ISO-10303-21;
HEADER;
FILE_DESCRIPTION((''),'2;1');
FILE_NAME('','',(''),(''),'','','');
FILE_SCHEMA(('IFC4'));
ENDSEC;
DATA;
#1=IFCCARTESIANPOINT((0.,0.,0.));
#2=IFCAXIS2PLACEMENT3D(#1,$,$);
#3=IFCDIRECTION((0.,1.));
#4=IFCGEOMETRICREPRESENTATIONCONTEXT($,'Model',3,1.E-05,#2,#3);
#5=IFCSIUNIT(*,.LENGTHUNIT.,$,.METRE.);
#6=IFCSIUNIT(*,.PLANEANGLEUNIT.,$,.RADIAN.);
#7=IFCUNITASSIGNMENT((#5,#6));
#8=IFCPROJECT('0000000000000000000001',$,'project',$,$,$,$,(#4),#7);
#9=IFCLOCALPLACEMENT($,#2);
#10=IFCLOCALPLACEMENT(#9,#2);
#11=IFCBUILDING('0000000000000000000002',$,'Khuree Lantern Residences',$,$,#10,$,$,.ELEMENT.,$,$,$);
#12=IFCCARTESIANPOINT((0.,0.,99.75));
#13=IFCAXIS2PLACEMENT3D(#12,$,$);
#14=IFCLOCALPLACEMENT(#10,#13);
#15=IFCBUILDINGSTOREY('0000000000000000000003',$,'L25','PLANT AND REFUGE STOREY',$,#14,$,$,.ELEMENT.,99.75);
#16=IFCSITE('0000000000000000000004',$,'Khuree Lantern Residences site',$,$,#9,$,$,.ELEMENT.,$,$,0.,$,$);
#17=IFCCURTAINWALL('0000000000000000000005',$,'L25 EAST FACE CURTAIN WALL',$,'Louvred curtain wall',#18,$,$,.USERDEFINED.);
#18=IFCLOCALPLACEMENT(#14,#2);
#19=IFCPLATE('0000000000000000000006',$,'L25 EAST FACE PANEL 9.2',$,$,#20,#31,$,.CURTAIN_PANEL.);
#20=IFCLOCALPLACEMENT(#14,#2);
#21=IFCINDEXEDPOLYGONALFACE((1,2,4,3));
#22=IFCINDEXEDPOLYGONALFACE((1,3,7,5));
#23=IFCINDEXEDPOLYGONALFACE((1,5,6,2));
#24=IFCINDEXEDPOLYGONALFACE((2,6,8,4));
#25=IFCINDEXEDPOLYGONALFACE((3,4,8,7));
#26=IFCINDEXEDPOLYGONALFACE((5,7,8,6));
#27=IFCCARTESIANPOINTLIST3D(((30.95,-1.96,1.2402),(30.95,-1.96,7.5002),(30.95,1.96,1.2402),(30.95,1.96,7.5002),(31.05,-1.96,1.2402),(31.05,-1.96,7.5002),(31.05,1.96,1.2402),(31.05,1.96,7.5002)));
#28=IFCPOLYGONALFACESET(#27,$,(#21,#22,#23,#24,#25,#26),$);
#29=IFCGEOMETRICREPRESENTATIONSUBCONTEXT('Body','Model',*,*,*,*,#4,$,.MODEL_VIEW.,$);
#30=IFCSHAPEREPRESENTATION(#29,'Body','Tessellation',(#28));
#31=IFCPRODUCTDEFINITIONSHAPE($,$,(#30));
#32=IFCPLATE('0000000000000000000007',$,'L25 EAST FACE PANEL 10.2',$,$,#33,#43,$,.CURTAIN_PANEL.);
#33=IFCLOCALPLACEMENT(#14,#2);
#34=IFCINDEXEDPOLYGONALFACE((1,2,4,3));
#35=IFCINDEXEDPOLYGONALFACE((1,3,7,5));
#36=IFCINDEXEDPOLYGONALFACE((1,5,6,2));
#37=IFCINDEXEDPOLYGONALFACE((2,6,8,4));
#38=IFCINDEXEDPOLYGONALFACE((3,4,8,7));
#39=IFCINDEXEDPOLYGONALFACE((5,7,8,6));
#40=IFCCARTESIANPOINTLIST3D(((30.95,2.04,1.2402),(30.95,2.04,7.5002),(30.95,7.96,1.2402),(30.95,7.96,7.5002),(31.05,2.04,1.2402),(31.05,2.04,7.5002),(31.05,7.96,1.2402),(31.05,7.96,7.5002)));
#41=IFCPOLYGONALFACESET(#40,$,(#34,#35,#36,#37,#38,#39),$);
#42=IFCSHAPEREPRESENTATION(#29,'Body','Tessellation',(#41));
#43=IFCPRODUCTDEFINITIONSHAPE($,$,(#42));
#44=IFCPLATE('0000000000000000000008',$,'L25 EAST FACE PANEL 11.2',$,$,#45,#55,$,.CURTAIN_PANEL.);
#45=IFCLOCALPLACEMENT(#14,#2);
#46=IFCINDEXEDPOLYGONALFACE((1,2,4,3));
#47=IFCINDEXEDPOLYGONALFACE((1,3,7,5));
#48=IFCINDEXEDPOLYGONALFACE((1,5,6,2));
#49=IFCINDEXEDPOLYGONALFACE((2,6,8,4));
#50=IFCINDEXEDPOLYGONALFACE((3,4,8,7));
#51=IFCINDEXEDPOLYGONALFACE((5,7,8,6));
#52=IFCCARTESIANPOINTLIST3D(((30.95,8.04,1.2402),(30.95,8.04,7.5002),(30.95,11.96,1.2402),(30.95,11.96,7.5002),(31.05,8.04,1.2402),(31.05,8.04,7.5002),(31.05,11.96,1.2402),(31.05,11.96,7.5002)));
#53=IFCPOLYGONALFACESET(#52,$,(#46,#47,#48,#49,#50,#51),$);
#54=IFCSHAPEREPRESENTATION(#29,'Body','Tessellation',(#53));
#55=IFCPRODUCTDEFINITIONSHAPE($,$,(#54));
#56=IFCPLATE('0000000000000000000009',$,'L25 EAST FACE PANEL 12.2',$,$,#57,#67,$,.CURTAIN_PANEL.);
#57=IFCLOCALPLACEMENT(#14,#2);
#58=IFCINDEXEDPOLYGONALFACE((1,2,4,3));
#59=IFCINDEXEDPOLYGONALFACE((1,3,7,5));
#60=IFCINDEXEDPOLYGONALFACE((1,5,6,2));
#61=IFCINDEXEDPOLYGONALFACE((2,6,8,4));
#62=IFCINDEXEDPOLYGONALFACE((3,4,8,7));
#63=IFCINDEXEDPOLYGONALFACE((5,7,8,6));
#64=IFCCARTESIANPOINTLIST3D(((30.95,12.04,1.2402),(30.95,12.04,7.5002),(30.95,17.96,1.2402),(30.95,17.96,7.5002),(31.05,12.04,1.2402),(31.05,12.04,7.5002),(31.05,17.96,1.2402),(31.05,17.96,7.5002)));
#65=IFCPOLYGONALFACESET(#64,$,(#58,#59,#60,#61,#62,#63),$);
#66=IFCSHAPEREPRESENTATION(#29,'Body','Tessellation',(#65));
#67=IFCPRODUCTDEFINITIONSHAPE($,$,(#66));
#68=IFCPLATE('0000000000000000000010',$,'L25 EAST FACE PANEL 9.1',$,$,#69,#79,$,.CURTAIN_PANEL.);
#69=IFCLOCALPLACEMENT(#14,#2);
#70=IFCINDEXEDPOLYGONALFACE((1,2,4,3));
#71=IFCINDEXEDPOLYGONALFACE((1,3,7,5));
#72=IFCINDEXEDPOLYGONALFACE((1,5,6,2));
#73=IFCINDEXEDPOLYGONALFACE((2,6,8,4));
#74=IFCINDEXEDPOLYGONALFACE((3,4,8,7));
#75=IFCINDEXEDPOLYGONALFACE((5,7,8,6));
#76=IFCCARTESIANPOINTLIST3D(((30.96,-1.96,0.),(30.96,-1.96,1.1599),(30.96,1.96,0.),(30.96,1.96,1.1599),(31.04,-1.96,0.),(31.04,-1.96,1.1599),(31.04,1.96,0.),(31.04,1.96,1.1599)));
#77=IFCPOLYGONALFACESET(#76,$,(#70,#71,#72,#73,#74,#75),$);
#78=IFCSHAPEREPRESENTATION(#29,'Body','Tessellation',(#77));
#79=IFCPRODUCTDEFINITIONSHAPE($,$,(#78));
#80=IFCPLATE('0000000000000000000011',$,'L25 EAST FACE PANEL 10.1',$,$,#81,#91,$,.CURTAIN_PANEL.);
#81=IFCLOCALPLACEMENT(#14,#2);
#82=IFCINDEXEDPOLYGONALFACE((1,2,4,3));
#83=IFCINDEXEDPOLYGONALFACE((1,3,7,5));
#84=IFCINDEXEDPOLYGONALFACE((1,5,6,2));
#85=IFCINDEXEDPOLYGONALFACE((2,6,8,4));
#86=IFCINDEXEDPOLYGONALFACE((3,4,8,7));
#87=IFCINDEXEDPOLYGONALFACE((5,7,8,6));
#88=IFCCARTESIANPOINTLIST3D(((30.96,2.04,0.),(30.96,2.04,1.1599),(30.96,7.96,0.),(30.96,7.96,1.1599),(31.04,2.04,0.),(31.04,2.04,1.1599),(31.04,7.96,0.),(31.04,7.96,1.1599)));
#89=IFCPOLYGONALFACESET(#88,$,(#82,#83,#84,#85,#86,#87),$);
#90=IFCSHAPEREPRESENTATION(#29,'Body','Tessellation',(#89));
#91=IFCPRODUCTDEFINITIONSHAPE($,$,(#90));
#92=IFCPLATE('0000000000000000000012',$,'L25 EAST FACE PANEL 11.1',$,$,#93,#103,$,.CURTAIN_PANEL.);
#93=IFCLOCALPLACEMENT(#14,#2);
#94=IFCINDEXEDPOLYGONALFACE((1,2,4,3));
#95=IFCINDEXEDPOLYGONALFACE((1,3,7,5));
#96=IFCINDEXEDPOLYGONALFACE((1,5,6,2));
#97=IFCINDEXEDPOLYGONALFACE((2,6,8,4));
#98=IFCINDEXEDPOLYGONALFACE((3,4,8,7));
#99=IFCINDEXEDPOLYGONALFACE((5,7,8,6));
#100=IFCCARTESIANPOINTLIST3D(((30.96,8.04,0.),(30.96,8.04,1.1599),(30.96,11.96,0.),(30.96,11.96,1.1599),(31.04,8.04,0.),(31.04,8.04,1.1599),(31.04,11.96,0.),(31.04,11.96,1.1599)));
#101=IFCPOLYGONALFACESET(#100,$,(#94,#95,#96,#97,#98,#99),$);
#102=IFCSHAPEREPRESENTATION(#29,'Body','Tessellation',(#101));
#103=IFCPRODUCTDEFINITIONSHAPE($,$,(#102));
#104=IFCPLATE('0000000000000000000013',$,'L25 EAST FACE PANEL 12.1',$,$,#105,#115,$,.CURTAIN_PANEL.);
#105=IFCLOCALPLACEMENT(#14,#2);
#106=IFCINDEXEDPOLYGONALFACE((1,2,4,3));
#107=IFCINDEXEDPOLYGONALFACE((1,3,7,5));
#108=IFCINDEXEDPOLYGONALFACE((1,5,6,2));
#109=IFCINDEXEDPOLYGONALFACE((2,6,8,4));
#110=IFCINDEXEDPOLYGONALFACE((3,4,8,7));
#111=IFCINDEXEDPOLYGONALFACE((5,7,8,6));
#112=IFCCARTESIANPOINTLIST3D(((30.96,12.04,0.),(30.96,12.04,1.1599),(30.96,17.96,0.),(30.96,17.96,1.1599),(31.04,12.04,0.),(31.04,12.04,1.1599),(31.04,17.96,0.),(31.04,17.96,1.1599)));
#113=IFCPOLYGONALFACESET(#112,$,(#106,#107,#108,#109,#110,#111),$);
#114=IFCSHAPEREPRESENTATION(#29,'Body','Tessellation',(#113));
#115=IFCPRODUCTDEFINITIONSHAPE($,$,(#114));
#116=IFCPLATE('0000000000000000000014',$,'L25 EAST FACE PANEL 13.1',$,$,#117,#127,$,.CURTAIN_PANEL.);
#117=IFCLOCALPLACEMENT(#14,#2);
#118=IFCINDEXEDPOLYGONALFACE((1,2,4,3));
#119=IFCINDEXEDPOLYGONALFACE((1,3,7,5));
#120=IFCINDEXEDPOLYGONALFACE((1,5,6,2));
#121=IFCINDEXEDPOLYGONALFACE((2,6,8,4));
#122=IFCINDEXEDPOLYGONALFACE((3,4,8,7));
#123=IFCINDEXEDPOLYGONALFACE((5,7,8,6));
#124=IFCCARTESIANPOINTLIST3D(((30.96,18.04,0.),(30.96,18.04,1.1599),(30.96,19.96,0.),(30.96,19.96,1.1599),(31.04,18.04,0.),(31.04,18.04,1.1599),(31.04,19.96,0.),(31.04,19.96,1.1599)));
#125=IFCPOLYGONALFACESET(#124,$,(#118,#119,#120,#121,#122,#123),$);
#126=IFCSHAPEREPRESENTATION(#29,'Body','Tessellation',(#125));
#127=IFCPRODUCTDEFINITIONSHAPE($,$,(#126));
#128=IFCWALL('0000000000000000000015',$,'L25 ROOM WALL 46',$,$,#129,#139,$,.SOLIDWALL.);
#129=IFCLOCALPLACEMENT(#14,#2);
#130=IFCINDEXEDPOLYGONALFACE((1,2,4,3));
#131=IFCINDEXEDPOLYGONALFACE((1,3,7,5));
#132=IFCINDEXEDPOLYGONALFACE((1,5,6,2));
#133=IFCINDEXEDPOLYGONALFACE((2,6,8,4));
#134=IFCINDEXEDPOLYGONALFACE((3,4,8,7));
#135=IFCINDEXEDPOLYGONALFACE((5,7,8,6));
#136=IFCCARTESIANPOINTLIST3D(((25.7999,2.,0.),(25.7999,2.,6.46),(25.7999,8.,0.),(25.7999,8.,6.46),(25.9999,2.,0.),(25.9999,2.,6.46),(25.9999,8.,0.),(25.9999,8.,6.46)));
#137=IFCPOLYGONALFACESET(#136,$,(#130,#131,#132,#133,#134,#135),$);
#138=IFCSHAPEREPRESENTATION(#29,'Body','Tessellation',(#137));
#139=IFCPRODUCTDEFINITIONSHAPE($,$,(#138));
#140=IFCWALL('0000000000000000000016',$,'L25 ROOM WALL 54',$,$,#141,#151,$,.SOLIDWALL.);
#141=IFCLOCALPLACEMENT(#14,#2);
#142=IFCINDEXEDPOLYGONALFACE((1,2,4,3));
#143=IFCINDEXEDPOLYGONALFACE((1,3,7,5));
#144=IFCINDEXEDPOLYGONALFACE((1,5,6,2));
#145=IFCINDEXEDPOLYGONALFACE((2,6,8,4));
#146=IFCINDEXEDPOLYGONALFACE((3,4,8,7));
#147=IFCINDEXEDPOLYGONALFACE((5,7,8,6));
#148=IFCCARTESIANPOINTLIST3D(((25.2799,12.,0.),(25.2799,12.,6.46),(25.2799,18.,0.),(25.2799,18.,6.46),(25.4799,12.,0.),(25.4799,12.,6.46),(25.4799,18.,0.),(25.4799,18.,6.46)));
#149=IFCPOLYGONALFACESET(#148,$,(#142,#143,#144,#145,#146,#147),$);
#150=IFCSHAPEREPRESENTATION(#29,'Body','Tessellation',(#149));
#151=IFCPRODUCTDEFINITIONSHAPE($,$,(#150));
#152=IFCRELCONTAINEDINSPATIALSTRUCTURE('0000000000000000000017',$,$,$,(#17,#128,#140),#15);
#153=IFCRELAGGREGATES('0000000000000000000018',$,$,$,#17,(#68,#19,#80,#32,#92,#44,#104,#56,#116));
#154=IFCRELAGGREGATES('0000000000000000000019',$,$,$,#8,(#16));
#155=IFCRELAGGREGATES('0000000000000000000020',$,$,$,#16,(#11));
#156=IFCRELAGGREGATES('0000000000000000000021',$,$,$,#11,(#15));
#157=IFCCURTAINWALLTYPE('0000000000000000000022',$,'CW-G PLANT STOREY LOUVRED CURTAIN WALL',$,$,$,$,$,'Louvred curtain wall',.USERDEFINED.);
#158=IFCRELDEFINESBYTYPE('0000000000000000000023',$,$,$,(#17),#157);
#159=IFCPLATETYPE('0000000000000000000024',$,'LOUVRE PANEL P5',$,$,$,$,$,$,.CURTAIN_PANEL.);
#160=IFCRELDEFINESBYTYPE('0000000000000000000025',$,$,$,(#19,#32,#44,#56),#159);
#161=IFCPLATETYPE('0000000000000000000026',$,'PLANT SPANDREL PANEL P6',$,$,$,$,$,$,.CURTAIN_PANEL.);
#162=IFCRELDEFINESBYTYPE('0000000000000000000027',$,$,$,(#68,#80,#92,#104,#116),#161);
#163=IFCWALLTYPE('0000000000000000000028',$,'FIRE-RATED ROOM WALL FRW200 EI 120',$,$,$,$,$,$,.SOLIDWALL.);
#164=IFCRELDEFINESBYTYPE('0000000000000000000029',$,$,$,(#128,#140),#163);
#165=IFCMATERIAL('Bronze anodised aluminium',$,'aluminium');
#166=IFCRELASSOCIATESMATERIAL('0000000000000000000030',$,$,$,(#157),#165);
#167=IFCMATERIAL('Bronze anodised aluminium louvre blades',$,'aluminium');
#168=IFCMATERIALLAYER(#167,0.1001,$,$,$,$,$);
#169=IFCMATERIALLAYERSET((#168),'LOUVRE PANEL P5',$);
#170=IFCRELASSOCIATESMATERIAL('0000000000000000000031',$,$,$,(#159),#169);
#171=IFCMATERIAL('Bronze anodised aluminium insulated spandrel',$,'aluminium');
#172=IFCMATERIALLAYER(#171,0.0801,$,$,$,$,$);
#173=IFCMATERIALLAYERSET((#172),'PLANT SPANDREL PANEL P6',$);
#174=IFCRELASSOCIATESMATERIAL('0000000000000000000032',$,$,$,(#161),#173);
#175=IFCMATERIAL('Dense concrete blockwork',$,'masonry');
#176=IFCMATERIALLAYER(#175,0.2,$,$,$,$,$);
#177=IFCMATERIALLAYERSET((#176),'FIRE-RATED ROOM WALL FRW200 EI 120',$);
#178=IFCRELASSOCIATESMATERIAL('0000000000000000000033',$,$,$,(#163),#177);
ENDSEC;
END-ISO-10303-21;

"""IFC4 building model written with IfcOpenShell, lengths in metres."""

from ifc_helpers import new_model, si_unit, direction, frame, frame_2d, origin, origin_2d, place, context, subcontext, project, spatial, rectangle, extrude, material, layer, layer_set, type_object, element, aggregate, save


model = new_model("IFC4")

# Units and contexts
model_context = context("Model", 3, precision=1e-05, world=origin(), true_north=direction((0.0, 1.0)))
body_context = subcontext(model_context, "Body", "Model", "MODEL_VIEW")
ifc_project = project(units=[si_unit("LENGTHUNIT", "METRE"), si_unit("PLANEANGLEUNIT", "RADIAN")], contexts=[model_context])

# Site, building, storey
site_placement = place(None, origin())
site = spatial("IfcSite", under=ifc_project, at=site_placement, Name="Khuree Lantern Residences site", CompositionType="ELEMENT", RefElevation=0.0)
building_placement = place(site_placement, origin())
building = spatial("IfcBuilding", under=site, at=building_placement, Name="Khuree Lantern Residences", CompositionType="ELEMENT")
storey_placement = place(building_placement, frame((0.0, 0.0, 99.75)))
storey = spatial("IfcBuildingStorey", under=building, at=storey_placement, Name="L25", Description="PLANT AND REFUGE STOREY", CompositionType="ELEMENT", Elevation=99.75)

# Curtain wall
ifc_material_1 = material(Name="Bronze anodised aluminium", Category="aluminium")
curtain_wall_type = type_object("IfcCurtainWallType", Name="CW-G PLANT STOREY LOUVRED CURTAIN WALL", ElementType="Louvred curtain wall", PredefinedType="USERDEFINED", material=ifc_material_1)
curtain_wall_placement = place(storey_placement, origin())
curtain_wall = element("IfcCurtainWall", 1, at=curtain_wall_placement, inside=storey, type_object=curtain_wall_type, Name="L25 EAST FACE CURTAIN WALL", ObjectType="Louvred curtain wall", PredefinedType="USERDEFINED")

# Plates
ifc_material_2 = material(Name="Bronze anodised aluminium louvre blades", Category="aluminium")
ifc_layer_1 = layer(ifc_material_2, 0.1001)
ifc_layer_set_1 = layer_set([ifc_layer_1], Name="LOUVRE PANEL P5")
plate_type_1 = type_object("IfcPlateType", Name="LOUVRE PANEL P5", PredefinedType="CURTAIN_PANEL", material=ifc_layer_set_1)
plate_1_placement = place(storey_placement, frame((31.0, 0.0, 1.2402), z_axis=(0.0, 0.0, 1.0), x_axis=(0.0, 1.0, 0.0)))
plate_1 = element("IfcPlate", 2, at=plate_1_placement, type_object=plate_type_1, Name="L25 EAST FACE PANEL 9.2", PredefinedType="CURTAIN_PANEL", context=body_context, shape_type="SweptSolid", body=[
    extrude(rectangle(XDim=3.9199, YDim=0.1001, at=origin_2d()), origin(), (0.0, 0.0, 1.0), 6.26),
])
plate_2_placement = place(storey_placement, frame((31.0, 5.0, 1.2402), z_axis=(0.0, 0.0, 1.0), x_axis=(0.0, 1.0, 0.0)))
plate_2 = element("IfcPlate", 3, at=plate_2_placement, type_object=plate_type_1, Name="L25 EAST FACE PANEL 10.2", PredefinedType="CURTAIN_PANEL", context=body_context, shape_type="SweptSolid", body=[
    extrude(rectangle(XDim=5.9199, YDim=0.1001, at=origin_2d()), origin(), (0.0, 0.0, 1.0), 6.26),
])
plate_3_placement = place(storey_placement, frame((31.0, 10.0, 1.2402), z_axis=(0.0, 0.0, 1.0), x_axis=(0.0, 1.0, 0.0)))
plate_3 = element("IfcPlate", 4, at=plate_3_placement, type_object=plate_type_1, Name="L25 EAST FACE PANEL 11.2", PredefinedType="CURTAIN_PANEL", context=body_context, shape_type="SweptSolid", body=[
    extrude(rectangle(XDim=3.9199, YDim=0.1001, at=origin_2d()), origin(), (0.0, 0.0, 1.0), 6.26),
])
plate_4_placement = place(storey_placement, frame((31.0, 15.0, 1.2402), z_axis=(0.0, 0.0, 1.0), x_axis=(0.0, 1.0, 0.0)))
plate_4 = element("IfcPlate", 5, at=plate_4_placement, type_object=plate_type_1, Name="L25 EAST FACE PANEL 12.2", PredefinedType="CURTAIN_PANEL", context=body_context, shape_type="SweptSolid", body=[
    extrude(rectangle(XDim=5.9199, YDim=0.1001, at=origin_2d()), origin(), (0.0, 0.0, 1.0), 6.26),
])
ifc_material_3 = material(Name="Bronze anodised aluminium insulated spandrel", Category="aluminium")
ifc_layer_2 = layer(ifc_material_3, 0.0801)
ifc_layer_set_2 = layer_set([ifc_layer_2], Name="PLANT SPANDREL PANEL P6")
plate_type_2 = type_object("IfcPlateType", Name="PLANT SPANDREL PANEL P6", PredefinedType="CURTAIN_PANEL", material=ifc_layer_set_2)
plate_5_placement = place(storey_placement, frame((31.0, 0.0, 0.0), z_axis=(0.0, 0.0, 1.0), x_axis=(0.0, 1.0, 0.0)))
plate_5 = element("IfcPlate", 6, at=plate_5_placement, type_object=plate_type_2, Name="L25 EAST FACE PANEL 9.1", PredefinedType="CURTAIN_PANEL", context=body_context, shape_type="SweptSolid", body=[
    extrude(rectangle(XDim=3.9199, YDim=0.0801, at=origin_2d()), origin(), (0.0, 0.0, 1.0), 1.1599),
])
plate_6_placement = place(storey_placement, frame((31.0, 5.0, 0.0), z_axis=(0.0, 0.0, 1.0), x_axis=(0.0, 1.0, 0.0)))
plate_6 = element("IfcPlate", 7, at=plate_6_placement, type_object=plate_type_2, Name="L25 EAST FACE PANEL 10.1", PredefinedType="CURTAIN_PANEL", context=body_context, shape_type="SweptSolid", body=[
    extrude(rectangle(XDim=5.9199, YDim=0.0801, at=origin_2d()), origin(), (0.0, 0.0, 1.0), 1.1599),
])
plate_7_placement = place(storey_placement, frame((31.0, 10.0, 0.0), z_axis=(0.0, 0.0, 1.0), x_axis=(0.0, 1.0, 0.0)))
plate_7 = element("IfcPlate", 8, at=plate_7_placement, type_object=plate_type_2, Name="L25 EAST FACE PANEL 11.1", PredefinedType="CURTAIN_PANEL", context=body_context, shape_type="SweptSolid", body=[
    extrude(rectangle(XDim=3.9199, YDim=0.0801, at=origin_2d()), origin(), (0.0, 0.0, 1.0), 1.1599),
])
plate_8_placement = place(storey_placement, frame((31.0, 15.0, 0.0), z_axis=(0.0, 0.0, 1.0), x_axis=(0.0, 1.0, 0.0)))
plate_8 = element("IfcPlate", 9, at=plate_8_placement, type_object=plate_type_2, Name="L25 EAST FACE PANEL 12.1", PredefinedType="CURTAIN_PANEL", context=body_context, shape_type="SweptSolid", body=[
    extrude(rectangle(XDim=5.9199, YDim=0.0801, at=origin_2d()), origin(), (0.0, 0.0, 1.0), 1.1599),
])
plate_9_placement = place(storey_placement, frame((31.0, 19.0, 0.0), z_axis=(0.0, 0.0, 1.0), x_axis=(0.0, 1.0, 0.0)))
plate_9 = element("IfcPlate", 10, at=plate_9_placement, type_object=plate_type_2, Name="L25 EAST FACE PANEL 13.1", PredefinedType="CURTAIN_PANEL", context=body_context, shape_type="SweptSolid", body=[
    extrude(rectangle(XDim=1.9199, YDim=0.0801, at=origin_2d()), origin(), (0.0, 0.0, 1.0), 1.1599),
])
aggregate(curtain_wall, [plate_5, plate_1, plate_6, plate_2, plate_7, plate_3, plate_8, plate_4, plate_9])

# Walls
ifc_material_4 = material(Name="Dense concrete blockwork", Category="masonry")
ifc_layer_3 = layer(ifc_material_4, 0.2)
ifc_layer_set_3 = layer_set([ifc_layer_3], Name="FIRE-RATED ROOM WALL FRW200 EI 120")
wall_type = type_object("IfcWallType", Name="FIRE-RATED ROOM WALL FRW200 EI 120", PredefinedType="SOLIDWALL", material=ifc_layer_set_3)
for number, where, z_axis, x_axis, name in (
    (11, (25.8999, 2.0, 0.0), (0.0, 0.0, 1.0), (0.0, 1.0, 0.0), "L25 ROOM WALL 46"),
    (12, (25.3799, 12.0, 0.0), (0.0, 0.0, 1.0), (0.0, 1.0, 0.0), "L25 ROOM WALL 54"),
):
    element("IfcWall", number, at=place(storey_placement, frame(where, z_axis=z_axis, x_axis=x_axis)), inside=storey, type_object=wall_type, Name=name, PredefinedType="SOLIDWALL", context=body_context, shape_type="SweptSolid", body=[
        extrude(rectangle(XDim=6.0, YDim=0.2, at=frame_2d((3.0, 0.0))), origin(), (0.0, 0.0, 1.0), 6.46),
    ])

save(model, "model.ifc")
